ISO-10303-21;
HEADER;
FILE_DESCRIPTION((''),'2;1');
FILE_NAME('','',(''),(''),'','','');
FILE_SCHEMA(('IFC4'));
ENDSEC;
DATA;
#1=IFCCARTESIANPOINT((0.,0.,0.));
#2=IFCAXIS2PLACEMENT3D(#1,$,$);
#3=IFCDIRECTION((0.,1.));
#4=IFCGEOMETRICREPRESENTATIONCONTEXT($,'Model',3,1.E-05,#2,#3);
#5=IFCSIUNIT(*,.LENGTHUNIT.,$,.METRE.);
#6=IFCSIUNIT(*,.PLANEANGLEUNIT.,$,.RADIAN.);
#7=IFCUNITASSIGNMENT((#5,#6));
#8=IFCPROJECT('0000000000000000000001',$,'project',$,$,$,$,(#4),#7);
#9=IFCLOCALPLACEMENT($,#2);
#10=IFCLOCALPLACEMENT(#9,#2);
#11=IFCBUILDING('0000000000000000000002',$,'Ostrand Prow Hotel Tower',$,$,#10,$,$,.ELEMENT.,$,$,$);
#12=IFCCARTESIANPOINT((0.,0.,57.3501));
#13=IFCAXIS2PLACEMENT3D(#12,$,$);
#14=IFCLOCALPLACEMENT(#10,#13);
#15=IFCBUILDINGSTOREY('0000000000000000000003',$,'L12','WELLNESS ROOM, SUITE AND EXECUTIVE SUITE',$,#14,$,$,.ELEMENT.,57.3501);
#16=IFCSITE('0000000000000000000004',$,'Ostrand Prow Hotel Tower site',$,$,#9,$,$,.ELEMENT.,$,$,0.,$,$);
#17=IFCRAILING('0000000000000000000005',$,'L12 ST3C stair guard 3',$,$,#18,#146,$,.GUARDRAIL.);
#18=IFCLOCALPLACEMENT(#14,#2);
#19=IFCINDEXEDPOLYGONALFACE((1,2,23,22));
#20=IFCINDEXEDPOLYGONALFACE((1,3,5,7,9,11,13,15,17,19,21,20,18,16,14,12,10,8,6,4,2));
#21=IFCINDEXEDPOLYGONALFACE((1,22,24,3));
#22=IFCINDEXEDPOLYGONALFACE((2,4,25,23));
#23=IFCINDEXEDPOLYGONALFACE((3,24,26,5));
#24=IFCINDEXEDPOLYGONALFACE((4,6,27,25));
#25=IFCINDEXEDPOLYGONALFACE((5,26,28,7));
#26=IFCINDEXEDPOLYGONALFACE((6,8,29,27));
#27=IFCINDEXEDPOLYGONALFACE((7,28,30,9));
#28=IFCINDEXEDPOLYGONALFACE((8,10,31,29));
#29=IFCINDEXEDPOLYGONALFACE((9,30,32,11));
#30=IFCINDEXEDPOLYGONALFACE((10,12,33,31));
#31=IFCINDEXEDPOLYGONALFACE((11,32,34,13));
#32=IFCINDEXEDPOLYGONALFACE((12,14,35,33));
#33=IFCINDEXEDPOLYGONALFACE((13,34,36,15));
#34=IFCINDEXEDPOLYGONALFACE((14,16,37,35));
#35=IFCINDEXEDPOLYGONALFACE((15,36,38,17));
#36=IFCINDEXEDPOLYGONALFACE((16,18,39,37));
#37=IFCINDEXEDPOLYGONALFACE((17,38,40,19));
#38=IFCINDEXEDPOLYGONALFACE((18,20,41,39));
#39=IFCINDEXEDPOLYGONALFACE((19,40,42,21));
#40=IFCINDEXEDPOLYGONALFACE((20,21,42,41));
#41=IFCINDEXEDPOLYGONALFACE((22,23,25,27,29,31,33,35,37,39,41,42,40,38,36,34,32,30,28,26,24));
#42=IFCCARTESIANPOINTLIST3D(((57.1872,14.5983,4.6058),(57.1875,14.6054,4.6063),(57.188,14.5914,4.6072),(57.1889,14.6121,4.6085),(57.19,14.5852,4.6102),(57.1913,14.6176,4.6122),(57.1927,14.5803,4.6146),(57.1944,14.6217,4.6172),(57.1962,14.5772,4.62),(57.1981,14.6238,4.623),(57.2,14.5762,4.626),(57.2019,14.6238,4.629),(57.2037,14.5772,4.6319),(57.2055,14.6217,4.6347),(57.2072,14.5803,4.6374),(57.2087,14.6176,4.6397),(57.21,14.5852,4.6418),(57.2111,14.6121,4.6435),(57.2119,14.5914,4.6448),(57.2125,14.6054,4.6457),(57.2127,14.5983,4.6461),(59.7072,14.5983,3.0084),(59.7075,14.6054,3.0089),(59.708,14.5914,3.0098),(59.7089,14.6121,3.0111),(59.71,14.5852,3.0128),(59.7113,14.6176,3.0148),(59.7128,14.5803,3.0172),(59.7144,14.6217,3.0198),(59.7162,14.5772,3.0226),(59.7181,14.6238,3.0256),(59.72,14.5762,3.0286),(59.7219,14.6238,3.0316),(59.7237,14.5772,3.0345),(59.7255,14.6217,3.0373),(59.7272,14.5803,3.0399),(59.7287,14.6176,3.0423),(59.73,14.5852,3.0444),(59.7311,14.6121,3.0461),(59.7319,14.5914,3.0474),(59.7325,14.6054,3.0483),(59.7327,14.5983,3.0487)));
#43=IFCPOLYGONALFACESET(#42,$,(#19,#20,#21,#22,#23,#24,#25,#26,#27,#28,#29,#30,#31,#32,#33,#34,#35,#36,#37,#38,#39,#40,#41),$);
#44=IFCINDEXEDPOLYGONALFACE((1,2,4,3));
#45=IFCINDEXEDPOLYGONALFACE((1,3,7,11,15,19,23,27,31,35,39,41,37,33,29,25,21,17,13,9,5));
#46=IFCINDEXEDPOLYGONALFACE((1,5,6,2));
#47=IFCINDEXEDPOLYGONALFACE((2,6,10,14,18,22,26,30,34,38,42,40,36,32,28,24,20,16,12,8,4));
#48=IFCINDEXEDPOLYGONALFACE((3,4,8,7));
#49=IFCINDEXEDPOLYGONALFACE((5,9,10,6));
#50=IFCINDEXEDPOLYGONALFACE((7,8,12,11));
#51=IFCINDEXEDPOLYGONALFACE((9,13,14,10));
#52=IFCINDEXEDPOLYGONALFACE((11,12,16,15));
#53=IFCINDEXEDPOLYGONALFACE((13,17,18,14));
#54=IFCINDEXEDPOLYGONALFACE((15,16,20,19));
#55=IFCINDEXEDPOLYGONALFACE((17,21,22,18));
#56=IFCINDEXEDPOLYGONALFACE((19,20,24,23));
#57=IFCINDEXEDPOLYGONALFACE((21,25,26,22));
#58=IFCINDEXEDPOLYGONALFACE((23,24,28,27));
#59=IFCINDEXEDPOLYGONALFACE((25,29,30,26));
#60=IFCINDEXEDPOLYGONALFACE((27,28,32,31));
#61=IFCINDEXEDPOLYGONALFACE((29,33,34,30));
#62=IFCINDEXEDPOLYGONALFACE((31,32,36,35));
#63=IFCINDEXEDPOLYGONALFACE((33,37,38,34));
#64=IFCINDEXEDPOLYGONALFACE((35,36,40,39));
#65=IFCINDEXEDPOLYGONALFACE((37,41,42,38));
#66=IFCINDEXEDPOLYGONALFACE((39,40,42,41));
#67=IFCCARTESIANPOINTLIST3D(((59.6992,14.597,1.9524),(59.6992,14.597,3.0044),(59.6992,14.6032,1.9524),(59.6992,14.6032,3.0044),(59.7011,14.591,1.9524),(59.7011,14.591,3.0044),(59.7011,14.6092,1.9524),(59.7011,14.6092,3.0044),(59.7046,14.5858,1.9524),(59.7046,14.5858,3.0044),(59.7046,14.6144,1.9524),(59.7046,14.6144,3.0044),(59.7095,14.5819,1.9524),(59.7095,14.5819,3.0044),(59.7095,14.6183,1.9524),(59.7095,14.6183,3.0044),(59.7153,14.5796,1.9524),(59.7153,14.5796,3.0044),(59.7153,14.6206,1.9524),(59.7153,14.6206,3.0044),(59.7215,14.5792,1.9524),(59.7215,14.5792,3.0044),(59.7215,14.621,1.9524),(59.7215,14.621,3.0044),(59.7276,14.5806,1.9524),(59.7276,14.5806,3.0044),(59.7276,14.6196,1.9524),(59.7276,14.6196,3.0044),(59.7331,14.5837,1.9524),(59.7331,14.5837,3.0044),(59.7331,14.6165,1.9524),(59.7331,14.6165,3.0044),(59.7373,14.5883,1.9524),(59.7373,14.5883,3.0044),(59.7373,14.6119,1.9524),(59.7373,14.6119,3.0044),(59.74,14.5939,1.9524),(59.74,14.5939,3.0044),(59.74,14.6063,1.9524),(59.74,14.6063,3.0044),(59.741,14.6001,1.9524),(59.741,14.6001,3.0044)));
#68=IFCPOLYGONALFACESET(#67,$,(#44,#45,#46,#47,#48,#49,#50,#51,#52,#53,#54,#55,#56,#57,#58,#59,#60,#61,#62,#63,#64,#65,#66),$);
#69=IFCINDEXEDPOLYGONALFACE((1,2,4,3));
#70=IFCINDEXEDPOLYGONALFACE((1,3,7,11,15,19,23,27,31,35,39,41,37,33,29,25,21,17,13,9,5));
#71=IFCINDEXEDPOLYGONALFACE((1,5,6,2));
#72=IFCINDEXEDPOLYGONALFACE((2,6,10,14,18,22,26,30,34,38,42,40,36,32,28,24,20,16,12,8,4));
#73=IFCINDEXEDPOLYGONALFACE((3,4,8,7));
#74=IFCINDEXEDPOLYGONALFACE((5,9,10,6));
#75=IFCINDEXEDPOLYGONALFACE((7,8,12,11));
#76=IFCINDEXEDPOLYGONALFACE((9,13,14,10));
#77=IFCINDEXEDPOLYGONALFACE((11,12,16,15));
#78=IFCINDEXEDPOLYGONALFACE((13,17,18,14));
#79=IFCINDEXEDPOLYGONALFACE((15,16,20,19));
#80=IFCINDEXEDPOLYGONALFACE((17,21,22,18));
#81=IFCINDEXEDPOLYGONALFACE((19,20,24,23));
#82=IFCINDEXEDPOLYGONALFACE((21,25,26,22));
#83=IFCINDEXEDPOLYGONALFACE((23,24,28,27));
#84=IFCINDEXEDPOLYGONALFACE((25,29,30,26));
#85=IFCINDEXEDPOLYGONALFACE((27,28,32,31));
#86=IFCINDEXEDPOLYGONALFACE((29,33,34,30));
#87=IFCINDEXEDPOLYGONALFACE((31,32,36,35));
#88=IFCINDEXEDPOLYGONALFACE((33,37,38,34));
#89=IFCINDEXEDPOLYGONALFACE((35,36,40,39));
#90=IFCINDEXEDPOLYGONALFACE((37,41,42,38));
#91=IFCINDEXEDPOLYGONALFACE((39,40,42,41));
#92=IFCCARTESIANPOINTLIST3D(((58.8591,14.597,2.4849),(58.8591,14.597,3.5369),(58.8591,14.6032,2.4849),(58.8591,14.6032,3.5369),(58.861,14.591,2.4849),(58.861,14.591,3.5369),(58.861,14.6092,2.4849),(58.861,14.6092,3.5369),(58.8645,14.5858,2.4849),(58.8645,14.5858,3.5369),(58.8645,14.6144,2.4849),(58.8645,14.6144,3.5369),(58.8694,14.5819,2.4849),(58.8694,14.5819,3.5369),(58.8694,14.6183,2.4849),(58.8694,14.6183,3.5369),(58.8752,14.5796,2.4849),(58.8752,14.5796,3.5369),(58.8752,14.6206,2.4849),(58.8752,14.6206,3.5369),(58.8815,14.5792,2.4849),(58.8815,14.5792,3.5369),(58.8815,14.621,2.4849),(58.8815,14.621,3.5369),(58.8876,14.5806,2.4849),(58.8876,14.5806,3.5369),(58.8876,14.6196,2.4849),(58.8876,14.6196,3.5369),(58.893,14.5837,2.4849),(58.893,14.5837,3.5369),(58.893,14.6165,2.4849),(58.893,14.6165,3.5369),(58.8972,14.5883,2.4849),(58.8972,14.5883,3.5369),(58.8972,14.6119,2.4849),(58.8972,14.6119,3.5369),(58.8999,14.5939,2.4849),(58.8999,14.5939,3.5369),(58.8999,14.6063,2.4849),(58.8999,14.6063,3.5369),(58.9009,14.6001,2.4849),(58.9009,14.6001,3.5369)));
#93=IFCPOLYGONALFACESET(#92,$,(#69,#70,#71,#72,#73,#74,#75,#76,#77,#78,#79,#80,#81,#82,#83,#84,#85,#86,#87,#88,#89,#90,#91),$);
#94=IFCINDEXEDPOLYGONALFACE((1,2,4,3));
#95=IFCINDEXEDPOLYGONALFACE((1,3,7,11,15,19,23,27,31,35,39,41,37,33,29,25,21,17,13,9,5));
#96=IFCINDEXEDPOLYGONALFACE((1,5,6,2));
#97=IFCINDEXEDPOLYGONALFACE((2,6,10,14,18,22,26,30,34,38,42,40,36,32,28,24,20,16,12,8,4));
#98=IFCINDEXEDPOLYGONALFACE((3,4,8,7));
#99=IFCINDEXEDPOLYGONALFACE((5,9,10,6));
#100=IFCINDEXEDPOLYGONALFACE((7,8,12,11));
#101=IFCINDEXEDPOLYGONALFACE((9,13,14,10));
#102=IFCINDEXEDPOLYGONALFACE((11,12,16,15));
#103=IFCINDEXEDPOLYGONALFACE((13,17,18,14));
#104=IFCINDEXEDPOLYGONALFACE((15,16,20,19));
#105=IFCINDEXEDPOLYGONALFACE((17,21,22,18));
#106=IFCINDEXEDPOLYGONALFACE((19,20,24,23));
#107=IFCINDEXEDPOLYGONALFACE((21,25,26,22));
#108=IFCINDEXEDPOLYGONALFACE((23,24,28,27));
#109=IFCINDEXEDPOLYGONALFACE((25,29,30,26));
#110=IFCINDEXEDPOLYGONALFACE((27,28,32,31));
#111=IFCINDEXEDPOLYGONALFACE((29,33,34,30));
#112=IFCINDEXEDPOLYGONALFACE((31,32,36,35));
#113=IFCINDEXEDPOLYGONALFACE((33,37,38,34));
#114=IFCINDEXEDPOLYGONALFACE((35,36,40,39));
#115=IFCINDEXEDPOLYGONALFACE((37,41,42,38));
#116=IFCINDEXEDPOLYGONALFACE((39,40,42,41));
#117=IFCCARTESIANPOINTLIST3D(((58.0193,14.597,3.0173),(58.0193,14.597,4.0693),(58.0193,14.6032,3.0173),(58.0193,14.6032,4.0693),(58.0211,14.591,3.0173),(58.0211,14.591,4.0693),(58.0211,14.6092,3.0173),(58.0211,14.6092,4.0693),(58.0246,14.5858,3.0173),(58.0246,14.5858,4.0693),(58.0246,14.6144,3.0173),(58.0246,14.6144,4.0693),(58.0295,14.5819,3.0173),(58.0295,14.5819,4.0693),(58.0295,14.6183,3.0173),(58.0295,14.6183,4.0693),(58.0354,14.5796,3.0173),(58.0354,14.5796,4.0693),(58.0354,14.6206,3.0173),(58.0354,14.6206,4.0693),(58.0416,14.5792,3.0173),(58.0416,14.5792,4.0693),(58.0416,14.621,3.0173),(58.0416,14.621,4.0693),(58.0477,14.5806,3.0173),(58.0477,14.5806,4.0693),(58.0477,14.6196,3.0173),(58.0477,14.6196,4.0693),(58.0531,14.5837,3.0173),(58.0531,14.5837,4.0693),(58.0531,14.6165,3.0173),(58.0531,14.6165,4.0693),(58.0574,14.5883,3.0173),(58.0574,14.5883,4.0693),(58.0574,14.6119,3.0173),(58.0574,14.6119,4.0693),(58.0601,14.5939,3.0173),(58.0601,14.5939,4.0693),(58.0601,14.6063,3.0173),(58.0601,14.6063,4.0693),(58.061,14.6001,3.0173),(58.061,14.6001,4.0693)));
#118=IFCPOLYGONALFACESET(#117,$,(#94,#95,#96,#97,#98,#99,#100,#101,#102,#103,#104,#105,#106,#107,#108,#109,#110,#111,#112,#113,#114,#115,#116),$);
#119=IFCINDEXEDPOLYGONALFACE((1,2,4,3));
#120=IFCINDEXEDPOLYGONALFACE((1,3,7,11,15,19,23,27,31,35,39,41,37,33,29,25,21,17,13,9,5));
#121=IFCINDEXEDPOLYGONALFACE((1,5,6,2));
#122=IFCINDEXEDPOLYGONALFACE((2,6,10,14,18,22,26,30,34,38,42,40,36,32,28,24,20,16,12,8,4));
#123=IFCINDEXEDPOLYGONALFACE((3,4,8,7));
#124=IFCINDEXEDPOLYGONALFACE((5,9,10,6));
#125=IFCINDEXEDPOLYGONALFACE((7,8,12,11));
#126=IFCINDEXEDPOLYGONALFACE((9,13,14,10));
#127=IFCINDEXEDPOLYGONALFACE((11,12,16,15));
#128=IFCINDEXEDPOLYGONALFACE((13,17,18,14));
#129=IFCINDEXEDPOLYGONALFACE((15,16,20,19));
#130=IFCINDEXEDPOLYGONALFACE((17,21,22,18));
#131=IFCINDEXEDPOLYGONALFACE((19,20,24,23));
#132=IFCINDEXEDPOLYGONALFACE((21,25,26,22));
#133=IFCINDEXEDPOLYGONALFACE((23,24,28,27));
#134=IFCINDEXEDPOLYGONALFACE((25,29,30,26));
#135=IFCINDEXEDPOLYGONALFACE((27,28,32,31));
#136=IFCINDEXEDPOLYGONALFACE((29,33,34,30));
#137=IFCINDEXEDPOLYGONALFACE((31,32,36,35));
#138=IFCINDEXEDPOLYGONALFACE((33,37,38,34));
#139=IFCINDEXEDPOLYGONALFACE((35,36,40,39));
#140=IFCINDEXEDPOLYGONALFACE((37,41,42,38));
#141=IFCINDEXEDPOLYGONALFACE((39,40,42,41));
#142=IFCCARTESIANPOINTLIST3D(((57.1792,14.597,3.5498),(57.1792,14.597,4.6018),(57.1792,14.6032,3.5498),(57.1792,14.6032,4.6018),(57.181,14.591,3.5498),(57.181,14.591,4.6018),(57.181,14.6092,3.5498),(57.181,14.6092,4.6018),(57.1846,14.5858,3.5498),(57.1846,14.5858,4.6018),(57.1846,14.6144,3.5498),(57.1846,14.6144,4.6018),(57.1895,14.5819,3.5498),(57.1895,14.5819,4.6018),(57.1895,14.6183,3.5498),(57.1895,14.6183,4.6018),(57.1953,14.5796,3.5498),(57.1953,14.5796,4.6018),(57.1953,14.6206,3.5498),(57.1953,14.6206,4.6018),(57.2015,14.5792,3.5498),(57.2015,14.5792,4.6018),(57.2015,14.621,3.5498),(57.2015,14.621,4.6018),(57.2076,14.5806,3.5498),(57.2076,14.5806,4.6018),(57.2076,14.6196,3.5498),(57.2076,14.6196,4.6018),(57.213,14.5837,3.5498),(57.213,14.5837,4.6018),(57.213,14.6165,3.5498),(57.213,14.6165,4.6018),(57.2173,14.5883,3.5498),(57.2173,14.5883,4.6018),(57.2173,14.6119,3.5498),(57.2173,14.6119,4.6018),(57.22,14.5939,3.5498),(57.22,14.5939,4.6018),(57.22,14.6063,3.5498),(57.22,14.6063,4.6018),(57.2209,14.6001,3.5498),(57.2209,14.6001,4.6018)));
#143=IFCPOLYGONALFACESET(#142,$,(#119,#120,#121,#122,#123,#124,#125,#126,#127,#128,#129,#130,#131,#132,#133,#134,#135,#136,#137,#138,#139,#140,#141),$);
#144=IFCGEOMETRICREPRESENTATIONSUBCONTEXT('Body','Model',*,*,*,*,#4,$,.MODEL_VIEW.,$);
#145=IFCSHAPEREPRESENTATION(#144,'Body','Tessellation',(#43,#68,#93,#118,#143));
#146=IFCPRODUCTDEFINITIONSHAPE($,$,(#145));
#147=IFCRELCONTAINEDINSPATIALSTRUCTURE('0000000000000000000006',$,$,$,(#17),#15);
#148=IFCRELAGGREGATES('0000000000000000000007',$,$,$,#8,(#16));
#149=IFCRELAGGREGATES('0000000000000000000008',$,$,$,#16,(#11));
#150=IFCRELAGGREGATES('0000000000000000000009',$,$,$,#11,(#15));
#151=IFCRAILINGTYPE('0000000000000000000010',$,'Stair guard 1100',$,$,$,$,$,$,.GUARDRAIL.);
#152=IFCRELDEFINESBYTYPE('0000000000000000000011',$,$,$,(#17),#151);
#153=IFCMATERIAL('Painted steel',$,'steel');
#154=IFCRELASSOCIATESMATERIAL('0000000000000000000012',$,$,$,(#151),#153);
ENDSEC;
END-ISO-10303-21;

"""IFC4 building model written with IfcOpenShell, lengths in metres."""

from ifc_helpers import new_model, si_unit, direction, frame, origin, origin_2d, place, context, subcontext, project, spatial, circle, extrude, material, type_object, element, save


model = new_model("IFC4")

# Units and contexts
model_context = context("Model", 3, precision=1e-05, world=origin(), true_north=direction((0.0, 1.0)))
body_context = subcontext(model_context, "Body", "Model", "MODEL_VIEW")
ifc_project = project(units=[si_unit("LENGTHUNIT", "METRE"), si_unit("PLANEANGLEUNIT", "RADIAN")], contexts=[model_context])

# Site, building, storey
site_placement = place(None, origin())
site = spatial("IfcSite", under=ifc_project, at=site_placement, Name="Ostrand Prow Hotel Tower site", CompositionType="ELEMENT", RefElevation=0.0)
building_placement = place(site_placement, origin())
building = spatial("IfcBuilding", under=site, at=building_placement, Name="Ostrand Prow Hotel Tower", CompositionType="ELEMENT")
storey_placement = place(building_placement, frame((0.0, 0.0, 57.3501)))
storey = spatial("IfcBuildingStorey", under=building, at=storey_placement, Name="L12", Description="WELLNESS ROOM, SUITE AND EXECUTIVE SUITE", CompositionType="ELEMENT", Elevation=57.3501)

# Railing
ifc_material_1 = material(Name="Painted steel", Category="steel")
railing_type_1 = type_object("IfcRailingType", Name="Stair guard 1100", PredefinedType="GUARDRAIL", material=ifc_material_1)
railing_1_placement = place(storey_placement, frame((59.72, 14.6001, 1.9524)))
element("IfcRailing", 1, at=railing_1_placement, inside=storey, type_object=railing_type_1, Name="L12 ST3C stair guard 3", PredefinedType="GUARDRAIL", context=body_context, shape_type="SweptSolid", body=[
    extrude(circle(Radius=0.0239, at=origin_2d()), frame((0.0, 0.0, 1.0762), z_axis=(-0.844607, 0.0, 0.535387), x_axis=(0.0, -1.0, 0.0)), (0.0, 0.0, 1.0), 2.9836),
    extrude(circle(Radius=0.021, at=origin_2d()), origin(), (0.0, 0.0, 1.0), 1.052),
    extrude(circle(Radius=0.021, at=origin_2d()), frame((-0.8401, 0.0, 0.5325)), (0.0, 0.0, 1.0), 1.052),
    extrude(circle(Radius=0.021, at=origin_2d()), frame((-1.6799, 0.0, 1.0649)), (0.0, 0.0, 1.0), 1.052),
    extrude(circle(Radius=0.021, at=origin_2d()), frame((-2.52, 0.0, 1.5974)), (0.0, 0.0, 1.0), 1.052),
])

save(model, "model.ifc")
